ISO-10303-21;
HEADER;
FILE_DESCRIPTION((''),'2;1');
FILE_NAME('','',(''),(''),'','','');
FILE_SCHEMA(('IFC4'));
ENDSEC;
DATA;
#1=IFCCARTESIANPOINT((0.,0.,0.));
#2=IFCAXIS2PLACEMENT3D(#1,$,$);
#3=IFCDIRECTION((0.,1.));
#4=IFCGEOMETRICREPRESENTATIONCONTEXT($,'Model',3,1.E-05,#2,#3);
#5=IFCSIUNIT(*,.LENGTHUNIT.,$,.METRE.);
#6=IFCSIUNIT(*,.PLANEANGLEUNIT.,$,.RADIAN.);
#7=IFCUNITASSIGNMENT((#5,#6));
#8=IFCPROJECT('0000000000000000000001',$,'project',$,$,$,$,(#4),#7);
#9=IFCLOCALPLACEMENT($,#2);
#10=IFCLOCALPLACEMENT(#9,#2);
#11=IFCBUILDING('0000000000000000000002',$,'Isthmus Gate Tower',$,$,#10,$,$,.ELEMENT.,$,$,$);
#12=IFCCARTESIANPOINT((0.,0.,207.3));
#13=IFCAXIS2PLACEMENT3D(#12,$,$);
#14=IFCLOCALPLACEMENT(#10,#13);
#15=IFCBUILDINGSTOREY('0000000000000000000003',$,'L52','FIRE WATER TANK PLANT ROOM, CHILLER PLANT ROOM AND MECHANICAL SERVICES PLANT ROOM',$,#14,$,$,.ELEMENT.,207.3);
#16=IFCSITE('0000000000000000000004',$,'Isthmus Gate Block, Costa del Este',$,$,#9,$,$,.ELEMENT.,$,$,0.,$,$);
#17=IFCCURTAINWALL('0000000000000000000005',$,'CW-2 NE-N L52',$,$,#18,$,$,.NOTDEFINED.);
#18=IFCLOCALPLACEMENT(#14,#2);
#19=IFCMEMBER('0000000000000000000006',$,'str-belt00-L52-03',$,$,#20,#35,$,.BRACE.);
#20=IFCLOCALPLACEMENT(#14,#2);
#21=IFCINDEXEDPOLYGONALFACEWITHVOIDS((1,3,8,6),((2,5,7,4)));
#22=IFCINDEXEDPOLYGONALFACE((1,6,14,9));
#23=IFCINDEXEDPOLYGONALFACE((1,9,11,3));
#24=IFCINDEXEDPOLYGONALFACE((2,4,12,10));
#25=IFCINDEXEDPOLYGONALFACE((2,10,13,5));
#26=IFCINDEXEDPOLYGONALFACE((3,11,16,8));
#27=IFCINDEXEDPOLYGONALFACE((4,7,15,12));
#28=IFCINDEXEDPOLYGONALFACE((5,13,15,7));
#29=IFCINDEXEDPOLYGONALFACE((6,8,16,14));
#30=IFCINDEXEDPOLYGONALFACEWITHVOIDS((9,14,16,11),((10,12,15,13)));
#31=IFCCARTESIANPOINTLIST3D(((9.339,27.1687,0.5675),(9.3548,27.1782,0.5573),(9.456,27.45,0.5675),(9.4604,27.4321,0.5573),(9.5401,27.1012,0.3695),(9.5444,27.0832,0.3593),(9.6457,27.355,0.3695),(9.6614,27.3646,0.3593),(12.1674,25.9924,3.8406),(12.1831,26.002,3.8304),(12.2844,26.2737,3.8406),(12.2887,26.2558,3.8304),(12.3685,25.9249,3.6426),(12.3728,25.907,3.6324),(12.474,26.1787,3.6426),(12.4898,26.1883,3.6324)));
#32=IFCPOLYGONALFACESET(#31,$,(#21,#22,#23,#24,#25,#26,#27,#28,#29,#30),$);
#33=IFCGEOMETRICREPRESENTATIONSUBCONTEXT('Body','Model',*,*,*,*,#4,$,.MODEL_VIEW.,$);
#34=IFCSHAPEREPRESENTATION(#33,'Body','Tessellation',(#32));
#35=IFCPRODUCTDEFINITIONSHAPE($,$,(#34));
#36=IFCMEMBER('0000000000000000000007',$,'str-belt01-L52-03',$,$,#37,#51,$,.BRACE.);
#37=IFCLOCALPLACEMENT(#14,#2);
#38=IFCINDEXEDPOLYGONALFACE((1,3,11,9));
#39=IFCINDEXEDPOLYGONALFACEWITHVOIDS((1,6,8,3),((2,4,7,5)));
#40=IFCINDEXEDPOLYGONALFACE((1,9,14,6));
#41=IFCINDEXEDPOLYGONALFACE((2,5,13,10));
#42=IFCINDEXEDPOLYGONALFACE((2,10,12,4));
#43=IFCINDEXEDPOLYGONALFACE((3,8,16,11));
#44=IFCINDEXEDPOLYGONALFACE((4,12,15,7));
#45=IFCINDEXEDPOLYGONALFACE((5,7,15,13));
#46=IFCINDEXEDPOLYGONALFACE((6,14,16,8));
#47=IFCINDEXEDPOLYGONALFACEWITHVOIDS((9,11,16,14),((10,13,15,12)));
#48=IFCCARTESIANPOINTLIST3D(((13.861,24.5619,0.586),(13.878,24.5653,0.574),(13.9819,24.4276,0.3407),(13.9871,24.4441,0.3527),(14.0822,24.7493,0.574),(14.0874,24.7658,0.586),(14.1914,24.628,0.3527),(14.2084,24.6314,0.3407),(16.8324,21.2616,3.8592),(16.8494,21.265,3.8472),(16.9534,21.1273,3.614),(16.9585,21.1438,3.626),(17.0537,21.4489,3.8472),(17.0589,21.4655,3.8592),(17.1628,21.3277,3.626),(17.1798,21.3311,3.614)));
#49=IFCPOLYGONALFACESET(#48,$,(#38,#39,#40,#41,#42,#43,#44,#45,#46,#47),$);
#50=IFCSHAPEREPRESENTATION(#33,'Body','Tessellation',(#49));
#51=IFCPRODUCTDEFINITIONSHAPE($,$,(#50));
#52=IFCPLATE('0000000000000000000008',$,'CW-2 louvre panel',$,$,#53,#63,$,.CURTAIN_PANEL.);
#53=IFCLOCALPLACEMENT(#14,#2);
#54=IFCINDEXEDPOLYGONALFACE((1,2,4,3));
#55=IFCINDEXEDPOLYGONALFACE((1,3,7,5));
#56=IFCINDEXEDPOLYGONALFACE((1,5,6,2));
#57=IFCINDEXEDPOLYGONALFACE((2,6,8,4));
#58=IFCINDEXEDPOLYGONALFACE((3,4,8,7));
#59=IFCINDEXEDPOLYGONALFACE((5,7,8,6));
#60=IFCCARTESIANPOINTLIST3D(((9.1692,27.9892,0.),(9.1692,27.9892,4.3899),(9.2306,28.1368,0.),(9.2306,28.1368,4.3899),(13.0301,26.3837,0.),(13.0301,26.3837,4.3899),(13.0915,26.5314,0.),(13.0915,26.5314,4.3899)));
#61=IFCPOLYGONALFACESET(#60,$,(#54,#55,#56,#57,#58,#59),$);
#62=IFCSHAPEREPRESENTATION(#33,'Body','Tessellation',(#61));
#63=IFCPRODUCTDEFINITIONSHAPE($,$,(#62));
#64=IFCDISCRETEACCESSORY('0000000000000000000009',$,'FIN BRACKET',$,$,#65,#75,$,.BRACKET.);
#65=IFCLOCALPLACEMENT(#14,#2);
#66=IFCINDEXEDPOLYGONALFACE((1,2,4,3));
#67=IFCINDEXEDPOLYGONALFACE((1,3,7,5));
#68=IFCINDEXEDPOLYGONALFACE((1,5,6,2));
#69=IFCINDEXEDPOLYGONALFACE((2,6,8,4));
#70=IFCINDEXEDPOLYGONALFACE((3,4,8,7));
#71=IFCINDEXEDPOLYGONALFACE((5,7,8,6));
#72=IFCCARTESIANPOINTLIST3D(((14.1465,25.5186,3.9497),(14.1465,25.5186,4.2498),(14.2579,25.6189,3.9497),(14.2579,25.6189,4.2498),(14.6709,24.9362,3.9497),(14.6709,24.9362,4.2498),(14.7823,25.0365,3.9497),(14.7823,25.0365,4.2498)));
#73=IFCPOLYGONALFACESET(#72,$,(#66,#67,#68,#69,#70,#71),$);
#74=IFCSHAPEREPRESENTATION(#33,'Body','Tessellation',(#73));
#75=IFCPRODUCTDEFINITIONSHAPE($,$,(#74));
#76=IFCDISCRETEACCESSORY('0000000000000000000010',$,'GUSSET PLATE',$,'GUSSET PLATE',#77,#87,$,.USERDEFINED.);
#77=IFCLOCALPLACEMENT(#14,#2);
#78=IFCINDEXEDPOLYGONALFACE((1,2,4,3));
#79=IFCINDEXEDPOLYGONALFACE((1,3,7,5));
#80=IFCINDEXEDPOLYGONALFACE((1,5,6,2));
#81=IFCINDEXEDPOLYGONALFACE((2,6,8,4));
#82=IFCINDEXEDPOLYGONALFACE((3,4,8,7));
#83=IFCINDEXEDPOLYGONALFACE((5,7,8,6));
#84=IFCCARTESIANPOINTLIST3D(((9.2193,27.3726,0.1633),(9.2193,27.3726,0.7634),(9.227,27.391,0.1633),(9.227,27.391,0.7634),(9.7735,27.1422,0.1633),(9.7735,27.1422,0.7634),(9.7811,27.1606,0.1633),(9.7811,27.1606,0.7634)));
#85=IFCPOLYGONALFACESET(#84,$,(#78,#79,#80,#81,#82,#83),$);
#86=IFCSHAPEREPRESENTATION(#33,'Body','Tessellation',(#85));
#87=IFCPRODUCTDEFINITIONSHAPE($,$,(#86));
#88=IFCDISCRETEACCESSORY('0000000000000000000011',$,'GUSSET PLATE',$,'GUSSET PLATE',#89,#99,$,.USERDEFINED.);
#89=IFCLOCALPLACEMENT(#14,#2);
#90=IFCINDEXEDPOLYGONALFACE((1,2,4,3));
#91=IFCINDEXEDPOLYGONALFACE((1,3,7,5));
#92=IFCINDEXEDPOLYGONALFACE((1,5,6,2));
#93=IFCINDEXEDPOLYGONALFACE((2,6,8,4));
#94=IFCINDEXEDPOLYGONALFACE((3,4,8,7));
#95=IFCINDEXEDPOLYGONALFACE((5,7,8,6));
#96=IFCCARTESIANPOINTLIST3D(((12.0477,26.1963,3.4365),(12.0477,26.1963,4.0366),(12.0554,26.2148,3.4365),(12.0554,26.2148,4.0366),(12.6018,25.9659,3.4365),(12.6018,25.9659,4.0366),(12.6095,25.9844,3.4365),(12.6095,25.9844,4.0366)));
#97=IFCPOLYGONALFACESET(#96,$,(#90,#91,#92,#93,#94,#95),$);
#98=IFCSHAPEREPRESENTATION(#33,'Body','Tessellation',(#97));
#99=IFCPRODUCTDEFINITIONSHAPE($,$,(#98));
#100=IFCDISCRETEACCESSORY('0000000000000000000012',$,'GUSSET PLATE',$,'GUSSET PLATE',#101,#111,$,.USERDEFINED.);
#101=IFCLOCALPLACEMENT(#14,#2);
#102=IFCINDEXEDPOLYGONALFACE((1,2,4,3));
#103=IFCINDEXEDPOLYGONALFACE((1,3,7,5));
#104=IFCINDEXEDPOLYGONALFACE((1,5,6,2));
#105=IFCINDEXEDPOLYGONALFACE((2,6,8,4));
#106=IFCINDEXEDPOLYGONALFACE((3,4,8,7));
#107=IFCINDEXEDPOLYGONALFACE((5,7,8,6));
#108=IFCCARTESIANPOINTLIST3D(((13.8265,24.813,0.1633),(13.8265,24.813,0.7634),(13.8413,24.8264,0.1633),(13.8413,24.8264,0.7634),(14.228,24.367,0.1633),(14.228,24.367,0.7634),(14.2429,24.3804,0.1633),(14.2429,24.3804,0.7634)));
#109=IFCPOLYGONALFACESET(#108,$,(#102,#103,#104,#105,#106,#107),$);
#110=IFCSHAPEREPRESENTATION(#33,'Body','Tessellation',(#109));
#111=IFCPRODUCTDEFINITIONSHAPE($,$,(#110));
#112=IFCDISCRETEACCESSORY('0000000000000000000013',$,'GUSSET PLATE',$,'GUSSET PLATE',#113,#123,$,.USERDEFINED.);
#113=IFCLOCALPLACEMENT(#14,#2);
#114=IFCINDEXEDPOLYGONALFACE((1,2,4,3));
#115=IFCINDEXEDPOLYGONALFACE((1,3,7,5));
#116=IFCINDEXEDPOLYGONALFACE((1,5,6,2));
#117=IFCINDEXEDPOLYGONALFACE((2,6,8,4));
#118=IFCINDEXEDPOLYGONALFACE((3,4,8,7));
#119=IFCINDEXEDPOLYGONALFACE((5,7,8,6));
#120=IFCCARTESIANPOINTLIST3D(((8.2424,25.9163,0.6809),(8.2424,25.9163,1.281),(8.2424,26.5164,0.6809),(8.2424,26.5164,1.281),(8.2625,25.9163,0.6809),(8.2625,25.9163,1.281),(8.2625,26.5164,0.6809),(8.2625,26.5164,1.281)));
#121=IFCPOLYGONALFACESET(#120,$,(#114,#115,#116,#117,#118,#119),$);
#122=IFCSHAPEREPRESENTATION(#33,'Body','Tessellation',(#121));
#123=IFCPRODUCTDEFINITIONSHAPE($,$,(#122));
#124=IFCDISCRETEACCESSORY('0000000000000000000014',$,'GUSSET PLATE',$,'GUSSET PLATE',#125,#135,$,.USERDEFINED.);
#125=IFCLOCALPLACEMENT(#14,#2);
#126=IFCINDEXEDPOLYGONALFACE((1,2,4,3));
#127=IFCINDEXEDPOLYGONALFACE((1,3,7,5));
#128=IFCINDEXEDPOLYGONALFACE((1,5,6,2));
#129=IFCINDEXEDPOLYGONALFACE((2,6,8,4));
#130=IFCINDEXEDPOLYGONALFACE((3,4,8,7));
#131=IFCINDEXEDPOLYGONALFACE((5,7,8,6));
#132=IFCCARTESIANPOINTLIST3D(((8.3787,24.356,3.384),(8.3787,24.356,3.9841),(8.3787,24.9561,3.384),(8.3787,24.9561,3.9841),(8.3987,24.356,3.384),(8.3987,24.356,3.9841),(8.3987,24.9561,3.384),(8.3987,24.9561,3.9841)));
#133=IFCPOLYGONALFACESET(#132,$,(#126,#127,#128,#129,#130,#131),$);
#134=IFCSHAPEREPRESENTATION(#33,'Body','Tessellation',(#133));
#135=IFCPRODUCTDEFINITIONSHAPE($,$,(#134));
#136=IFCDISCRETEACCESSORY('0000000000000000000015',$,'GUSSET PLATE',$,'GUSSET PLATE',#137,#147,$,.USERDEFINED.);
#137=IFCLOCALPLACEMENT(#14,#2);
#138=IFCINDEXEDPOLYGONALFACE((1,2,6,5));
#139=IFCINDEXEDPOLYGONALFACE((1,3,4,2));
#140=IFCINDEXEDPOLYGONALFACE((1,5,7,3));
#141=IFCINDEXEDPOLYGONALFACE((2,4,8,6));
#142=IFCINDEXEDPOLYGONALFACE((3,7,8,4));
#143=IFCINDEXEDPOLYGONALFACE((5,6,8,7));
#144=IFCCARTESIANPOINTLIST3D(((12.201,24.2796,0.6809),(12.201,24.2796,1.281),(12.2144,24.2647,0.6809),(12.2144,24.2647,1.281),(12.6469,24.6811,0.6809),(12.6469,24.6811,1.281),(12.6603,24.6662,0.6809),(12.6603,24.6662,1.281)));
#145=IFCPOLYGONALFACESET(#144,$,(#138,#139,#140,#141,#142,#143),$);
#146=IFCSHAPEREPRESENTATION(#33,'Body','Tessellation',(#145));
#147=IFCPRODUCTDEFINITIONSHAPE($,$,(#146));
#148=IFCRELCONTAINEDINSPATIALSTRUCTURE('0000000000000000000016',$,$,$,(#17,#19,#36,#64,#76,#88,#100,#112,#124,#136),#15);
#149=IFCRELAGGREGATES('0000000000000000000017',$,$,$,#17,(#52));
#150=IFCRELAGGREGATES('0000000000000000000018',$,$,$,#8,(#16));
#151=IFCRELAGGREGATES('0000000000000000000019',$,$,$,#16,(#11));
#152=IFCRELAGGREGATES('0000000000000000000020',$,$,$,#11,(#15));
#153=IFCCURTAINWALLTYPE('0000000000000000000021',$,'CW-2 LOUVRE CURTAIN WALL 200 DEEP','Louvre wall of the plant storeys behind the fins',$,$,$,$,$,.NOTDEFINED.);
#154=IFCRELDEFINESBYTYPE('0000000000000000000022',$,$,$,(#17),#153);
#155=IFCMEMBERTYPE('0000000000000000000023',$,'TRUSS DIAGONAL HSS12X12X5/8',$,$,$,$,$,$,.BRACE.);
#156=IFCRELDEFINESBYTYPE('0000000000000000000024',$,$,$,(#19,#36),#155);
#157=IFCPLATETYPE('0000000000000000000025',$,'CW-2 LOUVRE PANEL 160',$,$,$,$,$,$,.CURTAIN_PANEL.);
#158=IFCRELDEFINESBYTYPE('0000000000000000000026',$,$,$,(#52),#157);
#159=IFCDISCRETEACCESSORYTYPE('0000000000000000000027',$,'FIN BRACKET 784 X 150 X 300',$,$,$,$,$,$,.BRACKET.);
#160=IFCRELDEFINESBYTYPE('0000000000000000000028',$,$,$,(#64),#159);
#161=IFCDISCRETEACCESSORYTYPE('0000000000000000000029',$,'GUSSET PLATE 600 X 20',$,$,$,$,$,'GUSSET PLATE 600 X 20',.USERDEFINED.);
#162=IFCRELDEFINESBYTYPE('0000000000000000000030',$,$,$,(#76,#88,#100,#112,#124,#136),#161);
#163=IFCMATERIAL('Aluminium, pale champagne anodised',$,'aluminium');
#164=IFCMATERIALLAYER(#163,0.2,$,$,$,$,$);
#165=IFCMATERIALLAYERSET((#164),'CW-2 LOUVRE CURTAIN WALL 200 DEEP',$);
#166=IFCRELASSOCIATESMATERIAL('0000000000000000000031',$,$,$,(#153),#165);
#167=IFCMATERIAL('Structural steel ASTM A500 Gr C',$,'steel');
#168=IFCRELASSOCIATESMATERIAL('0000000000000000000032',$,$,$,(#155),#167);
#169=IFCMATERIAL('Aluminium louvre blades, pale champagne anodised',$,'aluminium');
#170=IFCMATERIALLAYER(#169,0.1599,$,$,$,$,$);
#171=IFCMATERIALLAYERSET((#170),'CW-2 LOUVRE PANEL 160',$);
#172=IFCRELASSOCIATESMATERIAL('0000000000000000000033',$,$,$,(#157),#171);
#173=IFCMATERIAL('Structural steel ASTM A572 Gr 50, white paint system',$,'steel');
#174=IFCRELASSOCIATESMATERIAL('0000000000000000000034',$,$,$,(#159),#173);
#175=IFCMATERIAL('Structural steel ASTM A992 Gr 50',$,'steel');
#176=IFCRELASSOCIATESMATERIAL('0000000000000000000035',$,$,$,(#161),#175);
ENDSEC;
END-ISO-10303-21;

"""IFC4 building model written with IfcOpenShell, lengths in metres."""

from ifc_helpers import new_model, si_unit, direction, frame, origin, origin_2d, place, context, subcontext, project, spatial, rectangle, hollow_rectangle, extrude, material, layer, layer_set, material_profile, profile_set, type_object, element, aggregate, save


model = new_model("IFC4")

# Units and contexts
model_context = context("Model", 3, precision=1e-05, world=origin(), true_north=direction((0.0, 1.0)))
body_context = subcontext(model_context, "Body", "Model", "MODEL_VIEW")
ifc_project = project(units=[si_unit("LENGTHUNIT", "METRE"), si_unit("PLANEANGLEUNIT", "RADIAN")], contexts=[model_context])

# Site, building, storey
site_placement = place(None, origin())
site = spatial("IfcSite", under=ifc_project, at=site_placement, Name="Isthmus Gate Block, Costa del Este", CompositionType="ELEMENT", RefElevation=0.0)
building_placement = place(site_placement, origin())
building = spatial("IfcBuilding", under=site, at=building_placement, Name="Isthmus Gate Tower", CompositionType="ELEMENT")
storey_placement = place(building_placement, frame((0.0, 0.0, 207.3)))
storey = spatial("IfcBuildingStorey", under=building, at=storey_placement, Name="L52", Description="FIRE WATER TANK PLANT ROOM, CHILLER PLANT ROOM AND MECHANICAL SERVICES PLANT ROOM", CompositionType="ELEMENT", Elevation=207.3)

# Curtain wall
ifc_material_1 = material(Name="Aluminium, pale champagne anodised", Category="aluminium")
ifc_layer_1 = layer(ifc_material_1, 0.2)
ifc_layer_set_1 = layer_set([ifc_layer_1], Name="CW-2 LOUVRE CURTAIN WALL 200 DEEP")
curtain_wall_type = type_object("IfcCurtainWallType", Name="CW-2 LOUVRE CURTAIN WALL 200 DEEP", Description="Louvre wall of the plant storeys behind the fins", PredefinedType="NOTDEFINED", material=ifc_layer_set_1)
curtain_wall_1_placement = place(storey_placement, origin())
curtain_wall_1 = element("IfcCurtainWall", 1, at=curtain_wall_1_placement, inside=storey, type_object=curtain_wall_type, Name="CW-2 NE-N L52", PredefinedType="NOTDEFINED")

# Members
ifc_material_2 = material(Name="Structural steel ASTM A500 Gr C", Category="steel")
ifc_material_profile_1 = material_profile(ifc_material_2, hollow_rectangle(XDim=0.3047, YDim=0.3047, WallThickness=0.0149, at=origin_2d()), Name="HSS12X12X5/8")
ifc_profile_set_1 = profile_set([ifc_material_profile_1], Name="Structural steel ASTM A500 Gr C")
member_type_1 = type_object("IfcMemberType", Name="TRUSS DIAGONAL HSS12X12X5/8", PredefinedType="BRACE", material=ifc_profile_set_1)
member_1_placement = place(storey_placement, frame((9.5002, 27.2666, 0.4634), z_axis=(0.630913, -0.262386, 0.730138), x_axis=(0.383998, 0.923334, 0.0)))
element("IfcMember", 2, at=member_1_placement, inside=storey, type_object=member_type_1, Name="str-belt00-L52-03", PredefinedType="BRACE", context=body_context, shape_type="SweptSolid", body=[
    extrude(hollow_rectangle(XDim=0.3047, YDim=0.3047, WallThickness=0.0149, at=origin_2d()), origin(), (0.0, 0.0, 1.0), 4.4829),
])
member_2_placement = place(storey_placement, frame((14.0347, 24.5967, 0.4634), z_axis=(0.538615, -0.598225, 0.593313), x_axis=(0.743163, 0.669111, 0.0)))
element("IfcMember", 3, at=member_2_placement, inside=storey, type_object=member_type_1, Name="str-belt01-L52-03", PredefinedType="BRACE", context=body_context, shape_type="SweptSolid", body=[
    extrude(hollow_rectangle(XDim=0.3047, YDim=0.3047, WallThickness=0.0149, at=origin_2d()), origin(), (0.0, 0.0, 1.0), 5.5168),
])

# Plate
ifc_material_3 = material(Name="Aluminium louvre blades, pale champagne anodised", Category="aluminium")
ifc_layer_2 = layer(ifc_material_3, 0.1599)
ifc_layer_set_2 = layer_set([ifc_layer_2], Name="CW-2 LOUVRE PANEL 160")
plate_type = type_object("IfcPlateType", Name="CW-2 LOUVRE PANEL 160", PredefinedType="CURTAIN_PANEL", material=ifc_layer_set_2)
plate_placement = place(storey_placement, frame((11.1304, 27.2603, 0.0), z_axis=(0.0, 0.0, 1.0), x_axis=(-0.923353, 0.383952, 0.0)))
plate = element("IfcPlate", 4, at=plate_placement, type_object=plate_type, Name="CW-2 louvre panel", PredefinedType="CURTAIN_PANEL", context=body_context, shape_type="SweptSolid", body=[
    extrude(rectangle(XDim=4.1814, YDim=0.1599, at=origin_2d()), origin(), (0.0, 0.0, 1.0), 4.3899),
])
aggregate(curtain_wall_1, [plate])

# Discrete accessories
ifc_material_4 = material(Name="Structural steel ASTM A572 Gr 50, white paint system", Category="steel")
discrete_accessory_type_1 = type_object("IfcDiscreteAccessoryType", Name="FIN BRACKET 784 X 150 X 300", PredefinedType="BRACKET", material=ifc_material_4)
discrete_accessory_placement = place(storey_placement, frame((14.4644, 25.2776, 3.9497), z_axis=(0.0, 0.0, 1.0), x_axis=(0.743145, 0.669131, 0.0)))
element("IfcDiscreteAccessory", 5, at=discrete_accessory_placement, inside=storey, type_object=discrete_accessory_type_1, Name="FIN BRACKET", PredefinedType="BRACKET", context=body_context, shape_type="SweptSolid", body=[
    extrude(rectangle(XDim=0.1499, YDim=0.7837, at=origin_2d()), origin(), (0.0, 0.0, 1.0), 0.3),
])
ifc_material_5 = material(Name="Structural steel ASTM A992 Gr 50", Category="steel")
discrete_accessory_type_2 = type_object("IfcDiscreteAccessoryType", Name="GUSSET PLATE 600 X 20", ElementType="GUSSET PLATE 600 X 20", PredefinedType="USERDEFINED", material=ifc_material_5)
for number, where, z_axis, x_axis, name in (
    (6, (9.5002, 27.2666, 0.1633), (0.0, 0.0, 1.0), (0.923353, -0.383952, 0.0), "GUSSET PLATE"),
    (7, (12.3286, 26.0903, 3.4365), (0.0, 0.0, 1.0), (0.923353, -0.383952, 0.0), "GUSSET PLATE"),
    (8, (14.0347, 24.5967, 0.1633), (0.0, 0.0, 1.0), (0.669131, -0.743145, 0.0), "GUSSET PLATE"),
    (9, (8.2524, 26.2163, 0.6809), (0.0, 0.0, 1.0), (0.0, -1.0, 0.0), "GUSSET PLATE"),
    (10, (8.3887, 24.656, 3.384), (0.0, 0.0, 1.0), (0.0, -1.0, 0.0), "GUSSET PLATE"),
    (11, (12.4307, 24.4729, 0.6809), (0.0, 0.0, 1.0), (-0.743145, -0.669131, 0.0), "GUSSET PLATE"),
):
    element("IfcDiscreteAccessory", number, at=place(storey_placement, frame(where, z_axis=z_axis, x_axis=x_axis)), inside=storey, type_object=discrete_accessory_type_2, Name=name, ObjectType="GUSSET PLATE", PredefinedType="USERDEFINED", context=body_context, shape_type="SweptSolid", body=[
        extrude(rectangle(XDim=0.6001, YDim=0.02, at=origin_2d()), origin(), (0.0, 0.0, 1.0), 0.6001),
    ])

save(model, "model.ifc")
